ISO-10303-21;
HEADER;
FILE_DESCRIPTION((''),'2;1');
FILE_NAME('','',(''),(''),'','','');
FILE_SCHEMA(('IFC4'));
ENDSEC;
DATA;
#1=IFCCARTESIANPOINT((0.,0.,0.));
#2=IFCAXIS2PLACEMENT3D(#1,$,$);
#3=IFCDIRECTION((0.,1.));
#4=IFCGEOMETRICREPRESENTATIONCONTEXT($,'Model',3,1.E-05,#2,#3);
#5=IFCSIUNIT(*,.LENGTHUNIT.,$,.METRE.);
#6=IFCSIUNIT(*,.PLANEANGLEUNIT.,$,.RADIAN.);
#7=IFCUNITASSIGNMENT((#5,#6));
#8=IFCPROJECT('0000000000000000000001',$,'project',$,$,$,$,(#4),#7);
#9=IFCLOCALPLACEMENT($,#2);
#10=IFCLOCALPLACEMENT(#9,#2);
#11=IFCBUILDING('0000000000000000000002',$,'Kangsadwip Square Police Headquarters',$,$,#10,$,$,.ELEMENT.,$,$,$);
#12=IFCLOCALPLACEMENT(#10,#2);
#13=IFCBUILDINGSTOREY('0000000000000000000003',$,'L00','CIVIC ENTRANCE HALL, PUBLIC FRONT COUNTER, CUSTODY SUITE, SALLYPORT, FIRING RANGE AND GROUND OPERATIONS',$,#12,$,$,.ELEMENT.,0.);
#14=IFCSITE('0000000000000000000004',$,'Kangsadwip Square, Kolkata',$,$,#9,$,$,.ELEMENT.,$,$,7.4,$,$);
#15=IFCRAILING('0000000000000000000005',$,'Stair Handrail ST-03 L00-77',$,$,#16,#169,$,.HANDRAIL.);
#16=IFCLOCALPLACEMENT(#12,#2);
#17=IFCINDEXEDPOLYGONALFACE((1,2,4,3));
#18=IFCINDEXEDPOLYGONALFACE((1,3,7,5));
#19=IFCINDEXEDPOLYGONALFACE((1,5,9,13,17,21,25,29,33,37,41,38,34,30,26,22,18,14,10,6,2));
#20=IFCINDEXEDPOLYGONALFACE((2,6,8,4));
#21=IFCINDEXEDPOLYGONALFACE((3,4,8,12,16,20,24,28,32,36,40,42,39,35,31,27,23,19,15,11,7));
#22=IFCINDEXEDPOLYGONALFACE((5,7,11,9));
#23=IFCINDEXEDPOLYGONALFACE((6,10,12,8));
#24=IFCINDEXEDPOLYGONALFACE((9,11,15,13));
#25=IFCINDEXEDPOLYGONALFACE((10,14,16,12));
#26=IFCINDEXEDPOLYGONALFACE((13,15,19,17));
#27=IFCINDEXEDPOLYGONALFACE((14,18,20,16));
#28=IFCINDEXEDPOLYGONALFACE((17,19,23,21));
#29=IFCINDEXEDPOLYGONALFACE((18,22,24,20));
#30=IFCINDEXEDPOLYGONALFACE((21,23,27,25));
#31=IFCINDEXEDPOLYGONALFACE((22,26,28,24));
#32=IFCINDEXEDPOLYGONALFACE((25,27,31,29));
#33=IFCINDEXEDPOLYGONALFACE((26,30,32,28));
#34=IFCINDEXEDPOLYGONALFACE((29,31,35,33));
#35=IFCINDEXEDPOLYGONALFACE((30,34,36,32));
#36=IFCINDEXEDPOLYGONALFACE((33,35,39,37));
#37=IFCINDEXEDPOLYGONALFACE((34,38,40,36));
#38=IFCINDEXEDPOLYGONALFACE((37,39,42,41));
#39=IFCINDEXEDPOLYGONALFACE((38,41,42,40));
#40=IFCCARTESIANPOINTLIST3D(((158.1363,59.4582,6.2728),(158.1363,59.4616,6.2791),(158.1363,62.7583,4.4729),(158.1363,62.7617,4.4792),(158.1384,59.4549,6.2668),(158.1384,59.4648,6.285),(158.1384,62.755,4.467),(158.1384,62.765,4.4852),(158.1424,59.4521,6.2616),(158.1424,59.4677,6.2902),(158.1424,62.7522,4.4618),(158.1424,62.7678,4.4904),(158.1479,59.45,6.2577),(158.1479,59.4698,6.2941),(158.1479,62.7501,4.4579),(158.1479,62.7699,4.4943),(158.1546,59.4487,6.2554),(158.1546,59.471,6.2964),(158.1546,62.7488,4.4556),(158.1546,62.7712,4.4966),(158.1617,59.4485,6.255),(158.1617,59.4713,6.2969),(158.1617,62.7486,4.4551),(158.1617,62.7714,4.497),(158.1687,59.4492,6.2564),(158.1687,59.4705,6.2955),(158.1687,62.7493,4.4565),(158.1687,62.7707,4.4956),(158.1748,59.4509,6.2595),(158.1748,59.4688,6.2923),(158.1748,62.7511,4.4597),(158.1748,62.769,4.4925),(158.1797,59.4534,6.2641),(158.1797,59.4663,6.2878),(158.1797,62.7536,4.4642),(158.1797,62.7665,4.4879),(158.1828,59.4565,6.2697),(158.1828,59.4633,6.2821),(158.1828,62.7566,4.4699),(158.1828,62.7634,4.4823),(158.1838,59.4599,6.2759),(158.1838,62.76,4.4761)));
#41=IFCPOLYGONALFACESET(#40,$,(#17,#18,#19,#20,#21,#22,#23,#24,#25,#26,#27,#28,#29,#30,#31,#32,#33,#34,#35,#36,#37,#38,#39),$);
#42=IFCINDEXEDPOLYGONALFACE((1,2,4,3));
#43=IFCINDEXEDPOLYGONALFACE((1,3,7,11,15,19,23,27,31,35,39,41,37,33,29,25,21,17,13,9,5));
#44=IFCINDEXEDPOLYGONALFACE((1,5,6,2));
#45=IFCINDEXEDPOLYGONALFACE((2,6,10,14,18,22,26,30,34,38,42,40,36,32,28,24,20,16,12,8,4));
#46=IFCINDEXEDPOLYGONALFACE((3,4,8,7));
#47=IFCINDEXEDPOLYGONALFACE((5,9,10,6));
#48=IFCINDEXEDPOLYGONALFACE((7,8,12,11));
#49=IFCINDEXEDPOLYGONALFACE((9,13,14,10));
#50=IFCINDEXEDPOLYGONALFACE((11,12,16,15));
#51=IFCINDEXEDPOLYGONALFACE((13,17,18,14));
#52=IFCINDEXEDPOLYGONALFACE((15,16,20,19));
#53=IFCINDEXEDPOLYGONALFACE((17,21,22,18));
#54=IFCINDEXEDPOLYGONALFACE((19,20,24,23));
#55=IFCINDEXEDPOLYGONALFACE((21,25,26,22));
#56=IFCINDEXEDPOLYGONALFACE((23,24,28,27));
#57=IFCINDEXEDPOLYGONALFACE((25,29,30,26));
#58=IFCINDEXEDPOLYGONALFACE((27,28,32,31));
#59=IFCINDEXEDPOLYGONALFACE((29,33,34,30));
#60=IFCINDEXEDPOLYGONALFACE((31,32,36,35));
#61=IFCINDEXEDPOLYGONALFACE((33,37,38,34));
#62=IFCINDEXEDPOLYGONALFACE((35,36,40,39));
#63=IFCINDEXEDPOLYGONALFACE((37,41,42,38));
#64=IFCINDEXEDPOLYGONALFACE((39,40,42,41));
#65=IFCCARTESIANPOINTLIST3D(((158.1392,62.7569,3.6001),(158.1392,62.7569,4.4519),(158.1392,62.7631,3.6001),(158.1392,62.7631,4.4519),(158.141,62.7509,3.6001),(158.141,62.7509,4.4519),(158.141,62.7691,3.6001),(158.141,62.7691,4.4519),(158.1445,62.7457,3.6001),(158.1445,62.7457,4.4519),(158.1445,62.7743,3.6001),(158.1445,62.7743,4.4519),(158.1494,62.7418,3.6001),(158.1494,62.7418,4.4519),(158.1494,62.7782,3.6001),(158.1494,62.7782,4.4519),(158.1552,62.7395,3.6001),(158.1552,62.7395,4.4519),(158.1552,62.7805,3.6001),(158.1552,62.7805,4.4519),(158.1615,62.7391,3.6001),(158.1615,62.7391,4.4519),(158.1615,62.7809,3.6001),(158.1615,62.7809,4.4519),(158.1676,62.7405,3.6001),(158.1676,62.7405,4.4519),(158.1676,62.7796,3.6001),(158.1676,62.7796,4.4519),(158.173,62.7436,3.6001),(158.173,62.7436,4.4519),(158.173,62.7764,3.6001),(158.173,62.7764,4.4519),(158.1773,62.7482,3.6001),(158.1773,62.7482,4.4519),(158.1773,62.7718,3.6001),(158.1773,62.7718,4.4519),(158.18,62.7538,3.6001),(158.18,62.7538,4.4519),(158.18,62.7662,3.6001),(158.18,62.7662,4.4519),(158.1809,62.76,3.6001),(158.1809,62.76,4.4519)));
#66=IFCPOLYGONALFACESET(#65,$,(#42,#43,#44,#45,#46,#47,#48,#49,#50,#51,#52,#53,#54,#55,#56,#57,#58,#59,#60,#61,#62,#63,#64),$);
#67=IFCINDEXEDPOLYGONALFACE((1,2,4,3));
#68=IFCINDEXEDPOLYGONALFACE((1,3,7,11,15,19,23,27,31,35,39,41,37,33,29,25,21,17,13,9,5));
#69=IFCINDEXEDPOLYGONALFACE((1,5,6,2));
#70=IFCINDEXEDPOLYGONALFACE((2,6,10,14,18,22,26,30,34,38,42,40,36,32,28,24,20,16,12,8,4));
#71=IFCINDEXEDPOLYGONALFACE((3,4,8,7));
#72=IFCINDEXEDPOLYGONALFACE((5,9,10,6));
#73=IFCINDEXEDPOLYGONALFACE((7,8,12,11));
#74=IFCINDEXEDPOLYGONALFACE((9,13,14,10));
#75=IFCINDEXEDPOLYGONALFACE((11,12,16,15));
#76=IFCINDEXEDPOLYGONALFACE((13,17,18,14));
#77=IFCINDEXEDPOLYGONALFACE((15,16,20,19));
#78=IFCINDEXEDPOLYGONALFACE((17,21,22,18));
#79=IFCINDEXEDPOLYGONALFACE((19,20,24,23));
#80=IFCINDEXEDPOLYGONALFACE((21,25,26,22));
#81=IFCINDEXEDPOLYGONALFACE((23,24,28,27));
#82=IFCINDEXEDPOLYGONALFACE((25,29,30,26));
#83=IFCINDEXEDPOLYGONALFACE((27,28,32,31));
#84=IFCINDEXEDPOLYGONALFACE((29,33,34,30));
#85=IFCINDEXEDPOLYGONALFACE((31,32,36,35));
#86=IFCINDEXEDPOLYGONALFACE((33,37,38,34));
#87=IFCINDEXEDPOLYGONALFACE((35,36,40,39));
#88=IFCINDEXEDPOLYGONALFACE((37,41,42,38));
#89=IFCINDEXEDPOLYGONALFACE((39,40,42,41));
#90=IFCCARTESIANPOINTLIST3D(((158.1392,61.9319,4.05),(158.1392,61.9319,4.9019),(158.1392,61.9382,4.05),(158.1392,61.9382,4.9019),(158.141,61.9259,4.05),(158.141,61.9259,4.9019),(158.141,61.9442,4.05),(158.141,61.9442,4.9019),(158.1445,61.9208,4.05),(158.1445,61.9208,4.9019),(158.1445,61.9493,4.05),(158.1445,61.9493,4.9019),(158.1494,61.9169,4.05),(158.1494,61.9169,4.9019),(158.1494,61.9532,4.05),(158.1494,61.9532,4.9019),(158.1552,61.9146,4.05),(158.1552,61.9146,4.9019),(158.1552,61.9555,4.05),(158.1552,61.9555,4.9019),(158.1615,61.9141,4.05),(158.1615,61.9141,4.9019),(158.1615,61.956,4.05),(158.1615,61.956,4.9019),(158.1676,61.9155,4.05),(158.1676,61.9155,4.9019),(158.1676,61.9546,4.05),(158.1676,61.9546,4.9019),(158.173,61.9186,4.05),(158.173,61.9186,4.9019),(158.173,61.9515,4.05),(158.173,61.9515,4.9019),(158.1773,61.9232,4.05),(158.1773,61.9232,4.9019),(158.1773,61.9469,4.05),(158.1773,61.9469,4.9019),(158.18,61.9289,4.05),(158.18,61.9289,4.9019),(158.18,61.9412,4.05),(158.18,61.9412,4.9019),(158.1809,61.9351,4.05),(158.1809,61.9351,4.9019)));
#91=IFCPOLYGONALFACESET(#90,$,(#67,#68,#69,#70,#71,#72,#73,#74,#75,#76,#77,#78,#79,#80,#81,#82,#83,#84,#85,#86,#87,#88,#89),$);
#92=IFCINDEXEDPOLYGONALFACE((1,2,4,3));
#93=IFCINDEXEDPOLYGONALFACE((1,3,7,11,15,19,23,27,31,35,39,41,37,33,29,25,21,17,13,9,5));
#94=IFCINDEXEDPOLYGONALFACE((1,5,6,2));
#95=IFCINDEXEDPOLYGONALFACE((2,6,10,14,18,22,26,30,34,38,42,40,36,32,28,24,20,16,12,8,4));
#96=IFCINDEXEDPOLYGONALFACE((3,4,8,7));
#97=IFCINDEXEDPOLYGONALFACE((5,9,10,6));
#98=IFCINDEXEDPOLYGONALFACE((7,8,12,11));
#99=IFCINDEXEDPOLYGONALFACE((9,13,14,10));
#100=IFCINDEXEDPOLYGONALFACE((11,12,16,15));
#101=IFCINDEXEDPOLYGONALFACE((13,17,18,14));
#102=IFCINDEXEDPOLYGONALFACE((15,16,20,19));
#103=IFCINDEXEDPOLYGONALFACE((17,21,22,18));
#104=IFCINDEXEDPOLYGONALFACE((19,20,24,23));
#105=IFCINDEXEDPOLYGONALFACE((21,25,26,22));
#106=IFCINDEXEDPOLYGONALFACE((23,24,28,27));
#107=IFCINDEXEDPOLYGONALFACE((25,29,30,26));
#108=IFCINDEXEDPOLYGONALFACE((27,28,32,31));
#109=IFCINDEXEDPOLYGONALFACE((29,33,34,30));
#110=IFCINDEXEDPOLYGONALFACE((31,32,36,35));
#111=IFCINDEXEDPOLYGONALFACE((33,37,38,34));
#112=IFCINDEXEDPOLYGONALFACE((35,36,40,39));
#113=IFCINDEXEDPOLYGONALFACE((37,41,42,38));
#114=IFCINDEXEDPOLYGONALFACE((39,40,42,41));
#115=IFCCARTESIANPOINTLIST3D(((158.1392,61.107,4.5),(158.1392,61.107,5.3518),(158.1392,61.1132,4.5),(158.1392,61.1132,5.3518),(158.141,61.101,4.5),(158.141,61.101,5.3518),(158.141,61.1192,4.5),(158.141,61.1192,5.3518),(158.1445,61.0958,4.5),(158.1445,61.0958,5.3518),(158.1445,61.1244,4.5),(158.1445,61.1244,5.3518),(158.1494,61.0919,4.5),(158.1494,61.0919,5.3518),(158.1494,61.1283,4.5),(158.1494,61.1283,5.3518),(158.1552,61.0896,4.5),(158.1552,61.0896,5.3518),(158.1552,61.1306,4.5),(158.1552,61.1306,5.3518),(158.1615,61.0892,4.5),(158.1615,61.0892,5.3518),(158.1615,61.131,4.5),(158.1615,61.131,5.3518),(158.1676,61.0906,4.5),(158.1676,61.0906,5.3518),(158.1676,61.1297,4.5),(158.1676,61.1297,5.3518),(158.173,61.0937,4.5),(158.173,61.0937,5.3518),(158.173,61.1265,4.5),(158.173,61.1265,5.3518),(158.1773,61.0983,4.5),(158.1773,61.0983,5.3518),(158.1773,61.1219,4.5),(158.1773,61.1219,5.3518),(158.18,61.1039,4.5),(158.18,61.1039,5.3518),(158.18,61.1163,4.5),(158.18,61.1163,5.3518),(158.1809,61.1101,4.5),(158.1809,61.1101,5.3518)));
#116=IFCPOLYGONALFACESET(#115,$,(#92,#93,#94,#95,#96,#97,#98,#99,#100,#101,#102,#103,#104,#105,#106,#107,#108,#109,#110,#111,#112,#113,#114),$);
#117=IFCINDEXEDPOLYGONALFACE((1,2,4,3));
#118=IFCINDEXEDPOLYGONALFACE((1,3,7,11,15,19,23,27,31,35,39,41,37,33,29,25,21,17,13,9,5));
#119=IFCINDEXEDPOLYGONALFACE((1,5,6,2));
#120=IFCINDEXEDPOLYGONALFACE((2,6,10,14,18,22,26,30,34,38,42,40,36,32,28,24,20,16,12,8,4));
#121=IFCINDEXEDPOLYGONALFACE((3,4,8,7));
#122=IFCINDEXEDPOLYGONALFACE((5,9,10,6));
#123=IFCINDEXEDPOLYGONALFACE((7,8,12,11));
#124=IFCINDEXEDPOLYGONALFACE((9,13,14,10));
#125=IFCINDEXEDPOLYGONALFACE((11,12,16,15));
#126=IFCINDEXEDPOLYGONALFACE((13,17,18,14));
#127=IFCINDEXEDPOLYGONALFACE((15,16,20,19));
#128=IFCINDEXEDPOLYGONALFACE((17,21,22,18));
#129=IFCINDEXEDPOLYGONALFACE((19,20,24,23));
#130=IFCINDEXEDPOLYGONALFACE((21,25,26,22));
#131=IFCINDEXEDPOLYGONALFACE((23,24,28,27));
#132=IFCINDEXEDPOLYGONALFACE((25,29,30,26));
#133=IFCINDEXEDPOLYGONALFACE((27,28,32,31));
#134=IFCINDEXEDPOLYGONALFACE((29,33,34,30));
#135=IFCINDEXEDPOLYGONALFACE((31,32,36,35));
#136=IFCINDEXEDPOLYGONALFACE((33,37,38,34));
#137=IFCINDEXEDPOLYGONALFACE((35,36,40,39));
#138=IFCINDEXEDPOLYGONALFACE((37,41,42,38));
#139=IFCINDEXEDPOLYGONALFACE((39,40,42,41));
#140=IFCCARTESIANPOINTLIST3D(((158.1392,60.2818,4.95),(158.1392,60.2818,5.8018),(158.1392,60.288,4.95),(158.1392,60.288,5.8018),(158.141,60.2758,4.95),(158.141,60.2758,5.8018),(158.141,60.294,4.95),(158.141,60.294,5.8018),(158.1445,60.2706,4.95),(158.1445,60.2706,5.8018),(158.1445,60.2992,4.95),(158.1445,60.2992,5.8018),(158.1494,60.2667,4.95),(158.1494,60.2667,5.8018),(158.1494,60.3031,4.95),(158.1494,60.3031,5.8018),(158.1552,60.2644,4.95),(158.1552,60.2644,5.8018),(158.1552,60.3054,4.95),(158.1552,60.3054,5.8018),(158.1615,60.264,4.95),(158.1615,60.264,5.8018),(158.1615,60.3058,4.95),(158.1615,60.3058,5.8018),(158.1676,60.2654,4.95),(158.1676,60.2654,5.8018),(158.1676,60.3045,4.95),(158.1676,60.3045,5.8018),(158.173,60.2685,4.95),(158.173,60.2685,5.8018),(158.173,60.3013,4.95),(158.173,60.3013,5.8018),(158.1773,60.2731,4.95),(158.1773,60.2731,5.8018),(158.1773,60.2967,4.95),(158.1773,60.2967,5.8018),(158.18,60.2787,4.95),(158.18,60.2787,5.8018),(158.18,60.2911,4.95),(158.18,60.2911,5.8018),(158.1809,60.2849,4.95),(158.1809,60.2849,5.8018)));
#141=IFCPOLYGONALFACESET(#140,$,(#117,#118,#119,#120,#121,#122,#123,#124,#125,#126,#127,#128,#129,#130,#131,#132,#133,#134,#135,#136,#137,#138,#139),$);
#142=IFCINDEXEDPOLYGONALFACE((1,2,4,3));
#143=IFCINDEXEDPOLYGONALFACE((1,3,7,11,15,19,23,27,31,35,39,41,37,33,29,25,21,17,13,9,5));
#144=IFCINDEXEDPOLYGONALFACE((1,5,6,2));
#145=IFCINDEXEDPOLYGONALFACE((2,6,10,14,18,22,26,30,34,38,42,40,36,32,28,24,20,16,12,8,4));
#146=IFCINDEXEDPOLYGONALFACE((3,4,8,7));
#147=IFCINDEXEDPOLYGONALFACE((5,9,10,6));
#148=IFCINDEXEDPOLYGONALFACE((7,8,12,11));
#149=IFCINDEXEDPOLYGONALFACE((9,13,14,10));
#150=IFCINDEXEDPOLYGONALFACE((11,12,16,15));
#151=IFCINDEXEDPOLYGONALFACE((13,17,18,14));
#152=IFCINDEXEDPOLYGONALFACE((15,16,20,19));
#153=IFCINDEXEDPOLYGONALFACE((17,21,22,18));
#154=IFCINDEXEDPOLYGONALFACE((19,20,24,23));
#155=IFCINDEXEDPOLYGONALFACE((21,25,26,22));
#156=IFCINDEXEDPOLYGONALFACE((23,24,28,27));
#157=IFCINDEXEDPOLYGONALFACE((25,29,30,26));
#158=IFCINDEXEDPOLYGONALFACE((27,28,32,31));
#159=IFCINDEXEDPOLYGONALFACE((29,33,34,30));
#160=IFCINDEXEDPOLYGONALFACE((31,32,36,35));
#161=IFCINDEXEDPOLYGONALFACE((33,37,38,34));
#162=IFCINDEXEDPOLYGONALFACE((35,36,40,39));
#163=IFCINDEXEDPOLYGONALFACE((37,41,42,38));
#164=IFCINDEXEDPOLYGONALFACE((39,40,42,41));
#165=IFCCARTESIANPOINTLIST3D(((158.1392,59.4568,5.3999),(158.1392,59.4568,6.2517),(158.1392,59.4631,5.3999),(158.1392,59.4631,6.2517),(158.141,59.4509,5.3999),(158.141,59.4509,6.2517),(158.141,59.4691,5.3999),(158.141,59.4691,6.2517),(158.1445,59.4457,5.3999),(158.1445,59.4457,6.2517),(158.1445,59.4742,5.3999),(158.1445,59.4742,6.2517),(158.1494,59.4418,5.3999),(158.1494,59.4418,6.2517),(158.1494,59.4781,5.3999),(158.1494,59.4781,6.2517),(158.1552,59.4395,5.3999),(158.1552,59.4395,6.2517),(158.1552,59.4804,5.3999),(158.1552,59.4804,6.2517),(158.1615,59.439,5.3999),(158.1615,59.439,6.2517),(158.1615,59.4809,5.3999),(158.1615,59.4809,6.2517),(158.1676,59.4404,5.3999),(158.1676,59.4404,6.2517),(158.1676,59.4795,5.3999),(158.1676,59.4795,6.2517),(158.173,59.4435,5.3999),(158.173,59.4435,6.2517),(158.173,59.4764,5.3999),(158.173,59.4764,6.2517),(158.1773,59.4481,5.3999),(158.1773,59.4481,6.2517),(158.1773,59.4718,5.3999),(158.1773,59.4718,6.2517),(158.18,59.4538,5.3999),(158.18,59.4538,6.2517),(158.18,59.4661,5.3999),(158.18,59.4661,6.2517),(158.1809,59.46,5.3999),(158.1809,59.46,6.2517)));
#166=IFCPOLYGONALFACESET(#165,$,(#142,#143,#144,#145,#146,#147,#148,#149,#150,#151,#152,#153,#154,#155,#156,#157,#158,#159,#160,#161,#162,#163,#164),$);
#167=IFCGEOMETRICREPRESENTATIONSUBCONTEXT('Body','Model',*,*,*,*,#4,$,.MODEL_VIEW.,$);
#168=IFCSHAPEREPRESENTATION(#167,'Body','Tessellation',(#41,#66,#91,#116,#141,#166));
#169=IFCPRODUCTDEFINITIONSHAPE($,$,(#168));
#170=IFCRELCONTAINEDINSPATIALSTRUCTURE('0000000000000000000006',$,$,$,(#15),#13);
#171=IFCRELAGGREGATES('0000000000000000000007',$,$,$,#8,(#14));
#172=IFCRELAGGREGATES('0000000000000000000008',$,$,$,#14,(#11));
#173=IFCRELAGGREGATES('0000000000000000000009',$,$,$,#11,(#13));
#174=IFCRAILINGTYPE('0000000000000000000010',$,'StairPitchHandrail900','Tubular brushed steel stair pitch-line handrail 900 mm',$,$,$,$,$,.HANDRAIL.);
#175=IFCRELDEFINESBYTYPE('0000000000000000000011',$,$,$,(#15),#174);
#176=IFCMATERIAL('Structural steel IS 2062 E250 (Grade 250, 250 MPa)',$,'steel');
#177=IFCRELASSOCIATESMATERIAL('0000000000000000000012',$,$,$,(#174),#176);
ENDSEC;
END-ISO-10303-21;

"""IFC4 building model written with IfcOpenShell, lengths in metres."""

from ifc_helpers import new_model, si_unit, direction, frame, origin, origin_2d, place, context, subcontext, project, spatial, circle, extrude, material, type_object, element, save


model = new_model("IFC4")

# Units and contexts
model_context = context("Model", 3, precision=1e-05, world=origin(), true_north=direction((0.0, 1.0)))
body_context = subcontext(model_context, "Body", "Model", "MODEL_VIEW")
ifc_project = project(units=[si_unit("LENGTHUNIT", "METRE"), si_unit("PLANEANGLEUNIT", "RADIAN")], contexts=[model_context])

# Site, building, storey
site_placement = place(None, origin())
site = spatial("IfcSite", under=ifc_project, at=site_placement, Name="Kangsadwip Square, Kolkata", CompositionType="ELEMENT", RefElevation=7.4)
building_placement = place(site_placement, origin())
building = spatial("IfcBuilding", under=site, at=building_placement, Name="Kangsadwip Square Police Headquarters", CompositionType="ELEMENT")
storey_placement = place(building_placement, origin())
storey = spatial("IfcBuildingStorey", under=building, at=storey_placement, Name="L00", Description="CIVIC ENTRANCE HALL, PUBLIC FRONT COUNTER, CUSTODY SUITE, SALLYPORT, FIRING RANGE AND GROUND OPERATIONS", CompositionType="ELEMENT", Elevation=0.0)

# Railing
ifc_material_1 = material(Name="Structural steel IS 2062 E250 (Grade 250, 250 MPa)", Category="steel")
railing_type_1 = type_object("IfcRailingType", Name="StairPitchHandrail900", Description="Tubular brushed steel stair pitch-line handrail 900 mm", PredefinedType="HANDRAIL", material=ifc_material_1)
railing_1_placement = place(storey_placement, frame((158.1599, 62.76, 3.6001)))
element("IfcRailing", 1, at=railing_1_placement, inside=storey, type_object=railing_type_1, Name="Stair Handrail ST-03 L00-77", PredefinedType="HANDRAIL", context=body_context, shape_type="SweptSolid", body=[
    extrude(circle(Radius=0.0239, at=origin_2d()), frame((0.0, 0.0, 0.876), z_axis=(0.0, -0.87792, 0.478807), x_axis=(1.0, 0.0, 0.0)), (0.0, 0.0, 1.0), 3.759),
    extrude(circle(Radius=0.021, at=origin_2d()), origin(), (0.0, 0.0, 1.0), 0.8518),
    extrude(circle(Radius=0.021, at=origin_2d()), frame((0.0, -0.825, 0.45)), (0.0, 0.0, 1.0), 0.8518),
    extrude(circle(Radius=0.021, at=origin_2d()), frame((0.0, -1.6499, 0.8999)), (0.0, 0.0, 1.0), 0.8518),
    extrude(circle(Radius=0.021, at=origin_2d()), frame((0.0, -2.4751, 1.3499)), (0.0, 0.0, 1.0), 0.8518),
    extrude(circle(Radius=0.021, at=origin_2d()), frame((0.0, -3.3, 1.7998)), (0.0, 0.0, 1.0), 0.8518),
])

save(model, "model.ifc")
